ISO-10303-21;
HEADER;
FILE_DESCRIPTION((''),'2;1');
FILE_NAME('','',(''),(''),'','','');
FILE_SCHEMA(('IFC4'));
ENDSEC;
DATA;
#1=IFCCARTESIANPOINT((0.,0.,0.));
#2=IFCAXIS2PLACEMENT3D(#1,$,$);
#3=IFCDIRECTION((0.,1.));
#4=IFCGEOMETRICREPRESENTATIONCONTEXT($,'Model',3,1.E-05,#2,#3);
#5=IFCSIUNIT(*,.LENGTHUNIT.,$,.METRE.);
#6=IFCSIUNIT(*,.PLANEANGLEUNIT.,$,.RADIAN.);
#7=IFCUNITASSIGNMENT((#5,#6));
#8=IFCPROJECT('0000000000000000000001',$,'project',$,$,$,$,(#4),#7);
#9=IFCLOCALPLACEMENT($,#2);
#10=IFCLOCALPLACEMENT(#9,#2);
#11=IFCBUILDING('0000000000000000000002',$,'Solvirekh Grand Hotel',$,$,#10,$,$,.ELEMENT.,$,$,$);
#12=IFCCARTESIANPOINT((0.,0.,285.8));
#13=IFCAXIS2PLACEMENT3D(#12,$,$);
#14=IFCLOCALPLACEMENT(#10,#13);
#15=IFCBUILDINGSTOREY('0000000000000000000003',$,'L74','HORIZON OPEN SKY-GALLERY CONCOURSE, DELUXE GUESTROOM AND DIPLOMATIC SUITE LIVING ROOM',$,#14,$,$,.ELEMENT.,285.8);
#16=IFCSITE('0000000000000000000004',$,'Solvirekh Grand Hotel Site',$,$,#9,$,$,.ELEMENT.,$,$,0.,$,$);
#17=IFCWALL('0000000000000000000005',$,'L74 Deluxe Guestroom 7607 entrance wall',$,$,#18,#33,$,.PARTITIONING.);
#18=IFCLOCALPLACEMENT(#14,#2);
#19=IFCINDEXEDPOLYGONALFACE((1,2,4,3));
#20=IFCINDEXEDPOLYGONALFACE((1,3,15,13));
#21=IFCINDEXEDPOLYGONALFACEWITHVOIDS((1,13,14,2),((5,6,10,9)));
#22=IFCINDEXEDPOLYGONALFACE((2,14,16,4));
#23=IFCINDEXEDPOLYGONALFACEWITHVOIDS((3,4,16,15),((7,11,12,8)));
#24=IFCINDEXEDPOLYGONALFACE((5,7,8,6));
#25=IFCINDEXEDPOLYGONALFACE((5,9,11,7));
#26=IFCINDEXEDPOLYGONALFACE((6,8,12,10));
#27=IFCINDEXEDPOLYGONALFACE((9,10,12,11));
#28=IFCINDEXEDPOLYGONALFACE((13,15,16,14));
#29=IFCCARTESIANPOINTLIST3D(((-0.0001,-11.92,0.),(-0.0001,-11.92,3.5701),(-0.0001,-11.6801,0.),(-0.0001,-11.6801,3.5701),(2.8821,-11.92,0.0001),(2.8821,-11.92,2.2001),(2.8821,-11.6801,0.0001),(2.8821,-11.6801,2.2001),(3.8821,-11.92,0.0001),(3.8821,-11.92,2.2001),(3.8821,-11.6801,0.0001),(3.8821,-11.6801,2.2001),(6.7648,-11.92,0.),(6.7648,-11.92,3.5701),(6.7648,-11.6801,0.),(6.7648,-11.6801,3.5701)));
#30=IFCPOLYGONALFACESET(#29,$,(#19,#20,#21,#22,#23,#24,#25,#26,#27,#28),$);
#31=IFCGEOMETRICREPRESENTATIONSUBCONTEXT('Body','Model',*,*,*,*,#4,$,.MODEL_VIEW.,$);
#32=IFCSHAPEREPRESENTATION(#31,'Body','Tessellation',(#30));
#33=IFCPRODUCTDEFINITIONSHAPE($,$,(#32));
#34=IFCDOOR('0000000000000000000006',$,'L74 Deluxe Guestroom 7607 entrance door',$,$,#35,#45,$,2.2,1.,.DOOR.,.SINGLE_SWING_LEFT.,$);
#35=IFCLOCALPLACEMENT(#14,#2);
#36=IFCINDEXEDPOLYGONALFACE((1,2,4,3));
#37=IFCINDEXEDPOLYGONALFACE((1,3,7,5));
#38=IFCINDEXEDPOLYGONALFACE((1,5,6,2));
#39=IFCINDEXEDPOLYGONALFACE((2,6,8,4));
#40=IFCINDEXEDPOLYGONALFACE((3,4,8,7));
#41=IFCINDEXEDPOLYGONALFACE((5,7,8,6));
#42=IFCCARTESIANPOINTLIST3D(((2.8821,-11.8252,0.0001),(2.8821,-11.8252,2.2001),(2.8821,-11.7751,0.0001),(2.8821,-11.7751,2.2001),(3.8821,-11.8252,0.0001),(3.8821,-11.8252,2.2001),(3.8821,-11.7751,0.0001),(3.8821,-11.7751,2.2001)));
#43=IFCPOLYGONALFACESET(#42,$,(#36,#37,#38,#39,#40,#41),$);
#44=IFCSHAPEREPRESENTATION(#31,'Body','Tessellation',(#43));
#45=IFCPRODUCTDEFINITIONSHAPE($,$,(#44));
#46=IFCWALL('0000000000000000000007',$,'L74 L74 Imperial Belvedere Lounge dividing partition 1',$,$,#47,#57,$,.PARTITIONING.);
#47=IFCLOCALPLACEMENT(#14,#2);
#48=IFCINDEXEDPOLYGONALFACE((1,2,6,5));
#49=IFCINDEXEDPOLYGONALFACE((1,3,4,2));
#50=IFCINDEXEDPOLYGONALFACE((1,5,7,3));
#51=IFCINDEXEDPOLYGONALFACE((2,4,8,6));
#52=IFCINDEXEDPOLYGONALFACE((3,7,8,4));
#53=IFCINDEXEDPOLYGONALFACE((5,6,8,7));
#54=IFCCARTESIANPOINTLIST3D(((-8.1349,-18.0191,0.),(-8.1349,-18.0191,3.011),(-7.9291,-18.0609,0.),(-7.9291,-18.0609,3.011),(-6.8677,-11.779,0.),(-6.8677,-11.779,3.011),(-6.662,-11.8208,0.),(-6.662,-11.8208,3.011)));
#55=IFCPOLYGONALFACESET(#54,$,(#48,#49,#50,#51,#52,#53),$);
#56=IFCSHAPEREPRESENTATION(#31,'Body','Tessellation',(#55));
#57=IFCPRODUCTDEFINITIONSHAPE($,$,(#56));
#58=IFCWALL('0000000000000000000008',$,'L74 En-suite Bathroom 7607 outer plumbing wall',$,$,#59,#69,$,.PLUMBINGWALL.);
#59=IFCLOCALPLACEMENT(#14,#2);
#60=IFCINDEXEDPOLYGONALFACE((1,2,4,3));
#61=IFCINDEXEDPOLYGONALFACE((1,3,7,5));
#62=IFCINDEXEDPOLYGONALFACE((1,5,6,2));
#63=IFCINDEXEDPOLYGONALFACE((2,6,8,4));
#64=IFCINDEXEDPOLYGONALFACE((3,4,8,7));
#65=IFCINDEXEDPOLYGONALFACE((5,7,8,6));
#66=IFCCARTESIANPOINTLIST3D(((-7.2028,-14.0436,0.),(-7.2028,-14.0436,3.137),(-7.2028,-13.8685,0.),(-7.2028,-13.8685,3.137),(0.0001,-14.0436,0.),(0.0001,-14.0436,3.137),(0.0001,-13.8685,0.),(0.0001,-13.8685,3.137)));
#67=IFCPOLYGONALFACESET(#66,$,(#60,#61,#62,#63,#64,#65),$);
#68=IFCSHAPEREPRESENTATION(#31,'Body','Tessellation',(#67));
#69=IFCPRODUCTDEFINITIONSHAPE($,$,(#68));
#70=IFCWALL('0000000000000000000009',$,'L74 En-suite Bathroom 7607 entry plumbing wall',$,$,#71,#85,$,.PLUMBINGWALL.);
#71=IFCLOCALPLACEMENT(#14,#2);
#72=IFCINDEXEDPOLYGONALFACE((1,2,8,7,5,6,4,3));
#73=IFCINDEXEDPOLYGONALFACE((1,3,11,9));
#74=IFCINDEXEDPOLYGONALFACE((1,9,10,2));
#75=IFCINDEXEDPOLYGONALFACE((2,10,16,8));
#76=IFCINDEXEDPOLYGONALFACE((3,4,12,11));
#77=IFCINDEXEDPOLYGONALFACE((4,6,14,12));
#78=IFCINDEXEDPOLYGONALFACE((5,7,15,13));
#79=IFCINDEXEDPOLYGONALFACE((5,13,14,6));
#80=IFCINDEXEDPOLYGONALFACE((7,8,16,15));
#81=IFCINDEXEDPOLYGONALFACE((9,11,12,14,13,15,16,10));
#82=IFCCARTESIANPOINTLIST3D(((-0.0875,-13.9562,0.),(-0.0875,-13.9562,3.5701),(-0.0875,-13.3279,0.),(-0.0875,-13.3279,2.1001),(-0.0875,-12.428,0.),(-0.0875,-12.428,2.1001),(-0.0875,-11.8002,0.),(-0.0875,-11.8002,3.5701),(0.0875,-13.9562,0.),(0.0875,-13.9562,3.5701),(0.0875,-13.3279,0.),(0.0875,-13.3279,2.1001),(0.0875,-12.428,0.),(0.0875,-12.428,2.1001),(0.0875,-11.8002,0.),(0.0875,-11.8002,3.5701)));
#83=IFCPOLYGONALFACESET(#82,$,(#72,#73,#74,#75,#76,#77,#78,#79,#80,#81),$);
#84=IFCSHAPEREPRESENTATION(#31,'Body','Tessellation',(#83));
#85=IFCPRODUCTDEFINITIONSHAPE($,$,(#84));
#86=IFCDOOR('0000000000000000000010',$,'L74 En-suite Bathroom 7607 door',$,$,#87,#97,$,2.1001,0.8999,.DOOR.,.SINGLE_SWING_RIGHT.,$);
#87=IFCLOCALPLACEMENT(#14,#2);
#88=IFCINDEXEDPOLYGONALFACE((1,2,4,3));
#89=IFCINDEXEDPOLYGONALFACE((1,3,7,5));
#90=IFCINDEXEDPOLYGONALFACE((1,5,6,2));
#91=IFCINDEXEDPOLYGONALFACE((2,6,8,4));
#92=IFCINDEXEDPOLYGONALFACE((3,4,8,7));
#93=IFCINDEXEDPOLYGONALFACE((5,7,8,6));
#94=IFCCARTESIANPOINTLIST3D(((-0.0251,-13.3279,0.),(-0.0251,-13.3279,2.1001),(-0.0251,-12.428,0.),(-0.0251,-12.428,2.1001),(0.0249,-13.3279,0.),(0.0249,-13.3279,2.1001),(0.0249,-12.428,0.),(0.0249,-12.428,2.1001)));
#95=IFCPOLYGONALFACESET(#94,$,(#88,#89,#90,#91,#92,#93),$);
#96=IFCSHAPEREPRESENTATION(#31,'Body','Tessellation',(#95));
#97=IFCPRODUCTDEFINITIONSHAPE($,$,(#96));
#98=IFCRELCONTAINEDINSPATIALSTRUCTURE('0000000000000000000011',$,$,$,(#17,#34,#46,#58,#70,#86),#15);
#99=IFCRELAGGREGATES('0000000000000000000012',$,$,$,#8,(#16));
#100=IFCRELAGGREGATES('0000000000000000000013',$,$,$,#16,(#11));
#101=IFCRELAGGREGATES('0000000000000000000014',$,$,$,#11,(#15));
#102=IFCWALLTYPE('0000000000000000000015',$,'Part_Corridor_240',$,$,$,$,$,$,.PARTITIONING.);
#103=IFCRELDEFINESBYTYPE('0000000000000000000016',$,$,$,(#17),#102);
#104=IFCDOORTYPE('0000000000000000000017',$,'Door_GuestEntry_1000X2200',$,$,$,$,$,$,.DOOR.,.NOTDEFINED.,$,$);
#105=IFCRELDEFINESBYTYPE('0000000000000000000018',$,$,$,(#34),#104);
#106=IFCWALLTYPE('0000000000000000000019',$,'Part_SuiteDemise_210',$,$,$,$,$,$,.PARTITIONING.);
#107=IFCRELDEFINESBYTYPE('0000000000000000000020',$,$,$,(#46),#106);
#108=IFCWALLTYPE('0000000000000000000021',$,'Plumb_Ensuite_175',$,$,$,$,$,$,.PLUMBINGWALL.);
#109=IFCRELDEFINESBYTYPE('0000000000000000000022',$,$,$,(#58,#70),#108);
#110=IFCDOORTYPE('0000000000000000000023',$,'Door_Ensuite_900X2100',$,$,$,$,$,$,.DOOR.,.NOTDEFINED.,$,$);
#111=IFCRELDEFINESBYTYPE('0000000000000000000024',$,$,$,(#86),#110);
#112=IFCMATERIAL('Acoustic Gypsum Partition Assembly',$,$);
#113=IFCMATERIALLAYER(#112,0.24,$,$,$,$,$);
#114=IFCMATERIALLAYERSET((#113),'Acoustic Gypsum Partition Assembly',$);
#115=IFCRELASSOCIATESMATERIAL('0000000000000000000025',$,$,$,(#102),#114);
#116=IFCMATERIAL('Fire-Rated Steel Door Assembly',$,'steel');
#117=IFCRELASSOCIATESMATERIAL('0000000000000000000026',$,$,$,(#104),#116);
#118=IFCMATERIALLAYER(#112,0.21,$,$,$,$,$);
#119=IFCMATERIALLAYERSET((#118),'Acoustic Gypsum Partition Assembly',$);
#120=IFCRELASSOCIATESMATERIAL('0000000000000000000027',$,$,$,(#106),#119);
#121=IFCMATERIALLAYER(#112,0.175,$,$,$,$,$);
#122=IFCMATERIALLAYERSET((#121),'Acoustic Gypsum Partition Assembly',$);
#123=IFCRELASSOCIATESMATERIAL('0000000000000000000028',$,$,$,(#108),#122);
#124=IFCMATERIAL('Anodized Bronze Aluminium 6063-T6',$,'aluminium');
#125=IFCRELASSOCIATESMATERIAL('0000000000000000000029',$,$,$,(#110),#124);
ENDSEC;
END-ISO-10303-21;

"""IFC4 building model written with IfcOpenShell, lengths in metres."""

from ifc_helpers import new_model, si_unit, direction, frame, frame_2d, origin, place, context, subcontext, project, spatial, rectangle, extrude, material, layer, layer_set, type_object, element, fill, save


model = new_model("IFC4")

# Units and contexts
model_context = context("Model", 3, precision=1e-05, world=origin(), true_north=direction((0.0, 1.0)))
body_context = subcontext(model_context, "Body", "Model", "MODEL_VIEW")
ifc_project = project(units=[si_unit("LENGTHUNIT", "METRE"), si_unit("PLANEANGLEUNIT", "RADIAN")], contexts=[model_context])

# Site, building, storey
site_placement = place(None, origin())
site = spatial("IfcSite", under=ifc_project, at=site_placement, Name="Solvirekh Grand Hotel Site", CompositionType="ELEMENT", RefElevation=0.0)
building_placement = place(site_placement, origin())
building = spatial("IfcBuilding", under=site, at=building_placement, Name="Solvirekh Grand Hotel", CompositionType="ELEMENT")
storey_placement = place(building_placement, frame((0.0, 0.0, 285.8)))
storey = spatial("IfcBuildingStorey", under=building, at=storey_placement, Name="L74", Description="HORIZON OPEN SKY-GALLERY CONCOURSE, DELUXE GUESTROOM AND DIPLOMATIC SUITE LIVING ROOM", CompositionType="ELEMENT", Elevation=285.8)

# Shared definitions
ifc_material_1 = material(Name="Anodized Bronze Aluminium 6063-T6", Category="aluminium")

# Shared definitions
ifc_material_2 = material(Name="Acoustic Gypsum Partition Assembly")

# Shared definitions
ifc_layer_1 = layer(ifc_material_2, 0.24)
ifc_layer_set_1 = layer_set([ifc_layer_1], Name="Acoustic Gypsum Partition Assembly")
wall_type_1 = type_object("IfcWallType", Name="Part_Corridor_240", PredefinedType="PARTITIONING", material=ifc_layer_set_1)

# Wall, opening, door
wall_1_placement = place(storey_placement, frame((0.0, -11.8, 0.0), z_axis=(0.0, 0.0, 1.0), x_axis=(1.0, 0.0, 0.0)))
wall_1 = element("IfcWall", 1, at=wall_1_placement, inside=storey, type_object=wall_type_1, Name="L74 Deluxe Guestroom 7607 entrance wall", PredefinedType="PARTITIONING", context=body_context, shape_type="SweptSolid", body=[
    extrude(rectangle(XDim=6.7649, YDim=0.24, at=frame_2d((3.3823, 0.0))), origin(), (0.0, 0.0, 1.0), 3.5701),
])
opening_1_placement = place(wall_1_placement, frame((2.8821, 0.0, 0.0)))
opening_1 = element("IfcOpeningElement", 2, at=opening_1_placement, cuts=wall_1, PredefinedType="OPENING", context=body_context, shape_type="SweptSolid", body=[
    extrude(rectangle(XDim=1.0, YDim=2.2, at=frame_2d((0.5, 1.1001))), frame((0.0, 0.1299, 0.0), z_axis=(0.0, -1.0, 0.0), x_axis=(1.0, 0.0, 0.0)), (0.0, 0.0, 1.0), 0.26),
])
ifc_material_3 = material(Name="Fire-Rated Steel Door Assembly", Category="steel")
door_type_1 = type_object("IfcDoorType", Name="Door_GuestEntry_1000X2200", OperationType="NOTDEFINED", PredefinedType="DOOR", material=ifc_material_3)
door_1_placement = place(opening_1_placement, origin())
door_1 = element("IfcDoor", 3, at=door_1_placement, inside=storey, type_object=door_type_1, Name="L74 Deluxe Guestroom 7607 entrance door", OperationType="SINGLE_SWING_LEFT", OverallHeight=2.2, OverallWidth=1.0, PredefinedType="DOOR", context=body_context, shape_type="SweptSolid", body=[
    extrude(rectangle(XDim=1.0, YDim=2.2, at=frame_2d((0.5, 1.1001))), frame((0.0, 0.0249, 0.0), z_axis=(0.0, -1.0, 0.0), x_axis=(1.0, 0.0, 0.0)), (0.0, 0.0, 1.0), 0.05),
])
fill(opening_1, door_1)

# Walls
ifc_layer_2 = layer(ifc_material_2, 0.21)
ifc_layer_set_2 = layer_set([ifc_layer_2], Name="Acoustic Gypsum Partition Assembly")
wall_type_2 = type_object("IfcWallType", Name="Part_SuiteDemise_210", PredefinedType="PARTITIONING", material=ifc_layer_set_2)
wall_2_placement = place(storey_placement, frame((-6.7649, -11.8, 0.0), z_axis=(0.0, 0.0, 1.0), x_axis=(-0.198998, -0.98, 0.0)))
element("IfcWall", 4, at=wall_2_placement, inside=storey, type_object=wall_type_2, Name="L74 L74 Imperial Belvedere Lounge dividing partition 1", PredefinedType="PARTITIONING", context=body_context, shape_type="SweptSolid", body=[
    extrude(rectangle(XDim=6.3674, YDim=0.21, at=frame_2d((3.1836, 0.0))), origin(), (0.0, 0.0, 1.0), 3.011),
])
ifc_layer_3 = layer(ifc_material_2, 0.175)
ifc_layer_set_3 = layer_set([ifc_layer_3], Name="Acoustic Gypsum Partition Assembly")
wall_type_3 = type_object("IfcWallType", Name="Plumb_Ensuite_175", PredefinedType="PLUMBINGWALL", material=ifc_layer_set_3)
wall_3_placement = place(storey_placement, frame((-7.2029, -13.9561, 0.0), z_axis=(0.0, 0.0, 1.0), x_axis=(1.0, 0.0, 0.0)))
element("IfcWall", 5, at=wall_3_placement, inside=storey, type_object=wall_type_3, Name="L74 En-suite Bathroom 7607 outer plumbing wall", PredefinedType="PLUMBINGWALL", context=body_context, shape_type="SweptSolid", body=[
    extrude(rectangle(XDim=7.2029, YDim=0.175, at=frame_2d((3.6016, 0.0))), origin(), (0.0, 0.0, 1.0), 3.137),
])

# Wall, opening, door
wall_4_placement = place(storey_placement, frame((0.0, -11.8, 0.0), z_axis=(0.0, 0.0, 1.0), x_axis=(0.0, -1.0, 0.0)))
wall_4 = element("IfcWall", 6, at=wall_4_placement, inside=storey, type_object=wall_type_3, Name="L74 En-suite Bathroom 7607 entry plumbing wall", PredefinedType="PLUMBINGWALL", context=body_context, shape_type="SweptSolid", body=[
    extrude(rectangle(XDim=2.156, YDim=0.175, at=frame_2d((1.0781, 0.0))), origin(), (0.0, 0.0, 1.0), 3.5701),
])
opening_2_placement = place(wall_4_placement, frame((0.6279, 0.0, 0.0)))
opening_2 = element("IfcOpeningElement", 7, at=opening_2_placement, cuts=wall_4, PredefinedType="OPENING", context=body_context, shape_type="SweptSolid", body=[
    extrude(rectangle(XDim=0.8999, YDim=2.1001, at=frame_2d((0.45, 1.05))), frame((0.0, 0.0977, 0.0), z_axis=(0.0, -1.0, 0.0), x_axis=(1.0, 0.0, 0.0)), (0.0, 0.0, 1.0), 0.1951),
])
door_type_2 = type_object("IfcDoorType", Name="Door_Ensuite_900X2100", OperationType="NOTDEFINED", PredefinedType="DOOR", material=ifc_material_1)
door_2_placement = place(opening_2_placement, origin())
door_2 = element("IfcDoor", 8, at=door_2_placement, inside=storey, type_object=door_type_2, Name="L74 En-suite Bathroom 7607 door", OperationType="SINGLE_SWING_RIGHT", OverallHeight=2.1001, OverallWidth=0.8999, PredefinedType="DOOR", context=body_context, shape_type="SweptSolid", body=[
    extrude(rectangle(XDim=0.8999, YDim=2.1001, at=frame_2d((0.45, 1.05))), frame((0.0, 0.0249, 0.0), z_axis=(0.0, -1.0, 0.0), x_axis=(1.0, 0.0, 0.0)), (0.0, 0.0, 1.0), 0.05),
])
fill(opening_2, door_2)

save(model, "model.ifc")
